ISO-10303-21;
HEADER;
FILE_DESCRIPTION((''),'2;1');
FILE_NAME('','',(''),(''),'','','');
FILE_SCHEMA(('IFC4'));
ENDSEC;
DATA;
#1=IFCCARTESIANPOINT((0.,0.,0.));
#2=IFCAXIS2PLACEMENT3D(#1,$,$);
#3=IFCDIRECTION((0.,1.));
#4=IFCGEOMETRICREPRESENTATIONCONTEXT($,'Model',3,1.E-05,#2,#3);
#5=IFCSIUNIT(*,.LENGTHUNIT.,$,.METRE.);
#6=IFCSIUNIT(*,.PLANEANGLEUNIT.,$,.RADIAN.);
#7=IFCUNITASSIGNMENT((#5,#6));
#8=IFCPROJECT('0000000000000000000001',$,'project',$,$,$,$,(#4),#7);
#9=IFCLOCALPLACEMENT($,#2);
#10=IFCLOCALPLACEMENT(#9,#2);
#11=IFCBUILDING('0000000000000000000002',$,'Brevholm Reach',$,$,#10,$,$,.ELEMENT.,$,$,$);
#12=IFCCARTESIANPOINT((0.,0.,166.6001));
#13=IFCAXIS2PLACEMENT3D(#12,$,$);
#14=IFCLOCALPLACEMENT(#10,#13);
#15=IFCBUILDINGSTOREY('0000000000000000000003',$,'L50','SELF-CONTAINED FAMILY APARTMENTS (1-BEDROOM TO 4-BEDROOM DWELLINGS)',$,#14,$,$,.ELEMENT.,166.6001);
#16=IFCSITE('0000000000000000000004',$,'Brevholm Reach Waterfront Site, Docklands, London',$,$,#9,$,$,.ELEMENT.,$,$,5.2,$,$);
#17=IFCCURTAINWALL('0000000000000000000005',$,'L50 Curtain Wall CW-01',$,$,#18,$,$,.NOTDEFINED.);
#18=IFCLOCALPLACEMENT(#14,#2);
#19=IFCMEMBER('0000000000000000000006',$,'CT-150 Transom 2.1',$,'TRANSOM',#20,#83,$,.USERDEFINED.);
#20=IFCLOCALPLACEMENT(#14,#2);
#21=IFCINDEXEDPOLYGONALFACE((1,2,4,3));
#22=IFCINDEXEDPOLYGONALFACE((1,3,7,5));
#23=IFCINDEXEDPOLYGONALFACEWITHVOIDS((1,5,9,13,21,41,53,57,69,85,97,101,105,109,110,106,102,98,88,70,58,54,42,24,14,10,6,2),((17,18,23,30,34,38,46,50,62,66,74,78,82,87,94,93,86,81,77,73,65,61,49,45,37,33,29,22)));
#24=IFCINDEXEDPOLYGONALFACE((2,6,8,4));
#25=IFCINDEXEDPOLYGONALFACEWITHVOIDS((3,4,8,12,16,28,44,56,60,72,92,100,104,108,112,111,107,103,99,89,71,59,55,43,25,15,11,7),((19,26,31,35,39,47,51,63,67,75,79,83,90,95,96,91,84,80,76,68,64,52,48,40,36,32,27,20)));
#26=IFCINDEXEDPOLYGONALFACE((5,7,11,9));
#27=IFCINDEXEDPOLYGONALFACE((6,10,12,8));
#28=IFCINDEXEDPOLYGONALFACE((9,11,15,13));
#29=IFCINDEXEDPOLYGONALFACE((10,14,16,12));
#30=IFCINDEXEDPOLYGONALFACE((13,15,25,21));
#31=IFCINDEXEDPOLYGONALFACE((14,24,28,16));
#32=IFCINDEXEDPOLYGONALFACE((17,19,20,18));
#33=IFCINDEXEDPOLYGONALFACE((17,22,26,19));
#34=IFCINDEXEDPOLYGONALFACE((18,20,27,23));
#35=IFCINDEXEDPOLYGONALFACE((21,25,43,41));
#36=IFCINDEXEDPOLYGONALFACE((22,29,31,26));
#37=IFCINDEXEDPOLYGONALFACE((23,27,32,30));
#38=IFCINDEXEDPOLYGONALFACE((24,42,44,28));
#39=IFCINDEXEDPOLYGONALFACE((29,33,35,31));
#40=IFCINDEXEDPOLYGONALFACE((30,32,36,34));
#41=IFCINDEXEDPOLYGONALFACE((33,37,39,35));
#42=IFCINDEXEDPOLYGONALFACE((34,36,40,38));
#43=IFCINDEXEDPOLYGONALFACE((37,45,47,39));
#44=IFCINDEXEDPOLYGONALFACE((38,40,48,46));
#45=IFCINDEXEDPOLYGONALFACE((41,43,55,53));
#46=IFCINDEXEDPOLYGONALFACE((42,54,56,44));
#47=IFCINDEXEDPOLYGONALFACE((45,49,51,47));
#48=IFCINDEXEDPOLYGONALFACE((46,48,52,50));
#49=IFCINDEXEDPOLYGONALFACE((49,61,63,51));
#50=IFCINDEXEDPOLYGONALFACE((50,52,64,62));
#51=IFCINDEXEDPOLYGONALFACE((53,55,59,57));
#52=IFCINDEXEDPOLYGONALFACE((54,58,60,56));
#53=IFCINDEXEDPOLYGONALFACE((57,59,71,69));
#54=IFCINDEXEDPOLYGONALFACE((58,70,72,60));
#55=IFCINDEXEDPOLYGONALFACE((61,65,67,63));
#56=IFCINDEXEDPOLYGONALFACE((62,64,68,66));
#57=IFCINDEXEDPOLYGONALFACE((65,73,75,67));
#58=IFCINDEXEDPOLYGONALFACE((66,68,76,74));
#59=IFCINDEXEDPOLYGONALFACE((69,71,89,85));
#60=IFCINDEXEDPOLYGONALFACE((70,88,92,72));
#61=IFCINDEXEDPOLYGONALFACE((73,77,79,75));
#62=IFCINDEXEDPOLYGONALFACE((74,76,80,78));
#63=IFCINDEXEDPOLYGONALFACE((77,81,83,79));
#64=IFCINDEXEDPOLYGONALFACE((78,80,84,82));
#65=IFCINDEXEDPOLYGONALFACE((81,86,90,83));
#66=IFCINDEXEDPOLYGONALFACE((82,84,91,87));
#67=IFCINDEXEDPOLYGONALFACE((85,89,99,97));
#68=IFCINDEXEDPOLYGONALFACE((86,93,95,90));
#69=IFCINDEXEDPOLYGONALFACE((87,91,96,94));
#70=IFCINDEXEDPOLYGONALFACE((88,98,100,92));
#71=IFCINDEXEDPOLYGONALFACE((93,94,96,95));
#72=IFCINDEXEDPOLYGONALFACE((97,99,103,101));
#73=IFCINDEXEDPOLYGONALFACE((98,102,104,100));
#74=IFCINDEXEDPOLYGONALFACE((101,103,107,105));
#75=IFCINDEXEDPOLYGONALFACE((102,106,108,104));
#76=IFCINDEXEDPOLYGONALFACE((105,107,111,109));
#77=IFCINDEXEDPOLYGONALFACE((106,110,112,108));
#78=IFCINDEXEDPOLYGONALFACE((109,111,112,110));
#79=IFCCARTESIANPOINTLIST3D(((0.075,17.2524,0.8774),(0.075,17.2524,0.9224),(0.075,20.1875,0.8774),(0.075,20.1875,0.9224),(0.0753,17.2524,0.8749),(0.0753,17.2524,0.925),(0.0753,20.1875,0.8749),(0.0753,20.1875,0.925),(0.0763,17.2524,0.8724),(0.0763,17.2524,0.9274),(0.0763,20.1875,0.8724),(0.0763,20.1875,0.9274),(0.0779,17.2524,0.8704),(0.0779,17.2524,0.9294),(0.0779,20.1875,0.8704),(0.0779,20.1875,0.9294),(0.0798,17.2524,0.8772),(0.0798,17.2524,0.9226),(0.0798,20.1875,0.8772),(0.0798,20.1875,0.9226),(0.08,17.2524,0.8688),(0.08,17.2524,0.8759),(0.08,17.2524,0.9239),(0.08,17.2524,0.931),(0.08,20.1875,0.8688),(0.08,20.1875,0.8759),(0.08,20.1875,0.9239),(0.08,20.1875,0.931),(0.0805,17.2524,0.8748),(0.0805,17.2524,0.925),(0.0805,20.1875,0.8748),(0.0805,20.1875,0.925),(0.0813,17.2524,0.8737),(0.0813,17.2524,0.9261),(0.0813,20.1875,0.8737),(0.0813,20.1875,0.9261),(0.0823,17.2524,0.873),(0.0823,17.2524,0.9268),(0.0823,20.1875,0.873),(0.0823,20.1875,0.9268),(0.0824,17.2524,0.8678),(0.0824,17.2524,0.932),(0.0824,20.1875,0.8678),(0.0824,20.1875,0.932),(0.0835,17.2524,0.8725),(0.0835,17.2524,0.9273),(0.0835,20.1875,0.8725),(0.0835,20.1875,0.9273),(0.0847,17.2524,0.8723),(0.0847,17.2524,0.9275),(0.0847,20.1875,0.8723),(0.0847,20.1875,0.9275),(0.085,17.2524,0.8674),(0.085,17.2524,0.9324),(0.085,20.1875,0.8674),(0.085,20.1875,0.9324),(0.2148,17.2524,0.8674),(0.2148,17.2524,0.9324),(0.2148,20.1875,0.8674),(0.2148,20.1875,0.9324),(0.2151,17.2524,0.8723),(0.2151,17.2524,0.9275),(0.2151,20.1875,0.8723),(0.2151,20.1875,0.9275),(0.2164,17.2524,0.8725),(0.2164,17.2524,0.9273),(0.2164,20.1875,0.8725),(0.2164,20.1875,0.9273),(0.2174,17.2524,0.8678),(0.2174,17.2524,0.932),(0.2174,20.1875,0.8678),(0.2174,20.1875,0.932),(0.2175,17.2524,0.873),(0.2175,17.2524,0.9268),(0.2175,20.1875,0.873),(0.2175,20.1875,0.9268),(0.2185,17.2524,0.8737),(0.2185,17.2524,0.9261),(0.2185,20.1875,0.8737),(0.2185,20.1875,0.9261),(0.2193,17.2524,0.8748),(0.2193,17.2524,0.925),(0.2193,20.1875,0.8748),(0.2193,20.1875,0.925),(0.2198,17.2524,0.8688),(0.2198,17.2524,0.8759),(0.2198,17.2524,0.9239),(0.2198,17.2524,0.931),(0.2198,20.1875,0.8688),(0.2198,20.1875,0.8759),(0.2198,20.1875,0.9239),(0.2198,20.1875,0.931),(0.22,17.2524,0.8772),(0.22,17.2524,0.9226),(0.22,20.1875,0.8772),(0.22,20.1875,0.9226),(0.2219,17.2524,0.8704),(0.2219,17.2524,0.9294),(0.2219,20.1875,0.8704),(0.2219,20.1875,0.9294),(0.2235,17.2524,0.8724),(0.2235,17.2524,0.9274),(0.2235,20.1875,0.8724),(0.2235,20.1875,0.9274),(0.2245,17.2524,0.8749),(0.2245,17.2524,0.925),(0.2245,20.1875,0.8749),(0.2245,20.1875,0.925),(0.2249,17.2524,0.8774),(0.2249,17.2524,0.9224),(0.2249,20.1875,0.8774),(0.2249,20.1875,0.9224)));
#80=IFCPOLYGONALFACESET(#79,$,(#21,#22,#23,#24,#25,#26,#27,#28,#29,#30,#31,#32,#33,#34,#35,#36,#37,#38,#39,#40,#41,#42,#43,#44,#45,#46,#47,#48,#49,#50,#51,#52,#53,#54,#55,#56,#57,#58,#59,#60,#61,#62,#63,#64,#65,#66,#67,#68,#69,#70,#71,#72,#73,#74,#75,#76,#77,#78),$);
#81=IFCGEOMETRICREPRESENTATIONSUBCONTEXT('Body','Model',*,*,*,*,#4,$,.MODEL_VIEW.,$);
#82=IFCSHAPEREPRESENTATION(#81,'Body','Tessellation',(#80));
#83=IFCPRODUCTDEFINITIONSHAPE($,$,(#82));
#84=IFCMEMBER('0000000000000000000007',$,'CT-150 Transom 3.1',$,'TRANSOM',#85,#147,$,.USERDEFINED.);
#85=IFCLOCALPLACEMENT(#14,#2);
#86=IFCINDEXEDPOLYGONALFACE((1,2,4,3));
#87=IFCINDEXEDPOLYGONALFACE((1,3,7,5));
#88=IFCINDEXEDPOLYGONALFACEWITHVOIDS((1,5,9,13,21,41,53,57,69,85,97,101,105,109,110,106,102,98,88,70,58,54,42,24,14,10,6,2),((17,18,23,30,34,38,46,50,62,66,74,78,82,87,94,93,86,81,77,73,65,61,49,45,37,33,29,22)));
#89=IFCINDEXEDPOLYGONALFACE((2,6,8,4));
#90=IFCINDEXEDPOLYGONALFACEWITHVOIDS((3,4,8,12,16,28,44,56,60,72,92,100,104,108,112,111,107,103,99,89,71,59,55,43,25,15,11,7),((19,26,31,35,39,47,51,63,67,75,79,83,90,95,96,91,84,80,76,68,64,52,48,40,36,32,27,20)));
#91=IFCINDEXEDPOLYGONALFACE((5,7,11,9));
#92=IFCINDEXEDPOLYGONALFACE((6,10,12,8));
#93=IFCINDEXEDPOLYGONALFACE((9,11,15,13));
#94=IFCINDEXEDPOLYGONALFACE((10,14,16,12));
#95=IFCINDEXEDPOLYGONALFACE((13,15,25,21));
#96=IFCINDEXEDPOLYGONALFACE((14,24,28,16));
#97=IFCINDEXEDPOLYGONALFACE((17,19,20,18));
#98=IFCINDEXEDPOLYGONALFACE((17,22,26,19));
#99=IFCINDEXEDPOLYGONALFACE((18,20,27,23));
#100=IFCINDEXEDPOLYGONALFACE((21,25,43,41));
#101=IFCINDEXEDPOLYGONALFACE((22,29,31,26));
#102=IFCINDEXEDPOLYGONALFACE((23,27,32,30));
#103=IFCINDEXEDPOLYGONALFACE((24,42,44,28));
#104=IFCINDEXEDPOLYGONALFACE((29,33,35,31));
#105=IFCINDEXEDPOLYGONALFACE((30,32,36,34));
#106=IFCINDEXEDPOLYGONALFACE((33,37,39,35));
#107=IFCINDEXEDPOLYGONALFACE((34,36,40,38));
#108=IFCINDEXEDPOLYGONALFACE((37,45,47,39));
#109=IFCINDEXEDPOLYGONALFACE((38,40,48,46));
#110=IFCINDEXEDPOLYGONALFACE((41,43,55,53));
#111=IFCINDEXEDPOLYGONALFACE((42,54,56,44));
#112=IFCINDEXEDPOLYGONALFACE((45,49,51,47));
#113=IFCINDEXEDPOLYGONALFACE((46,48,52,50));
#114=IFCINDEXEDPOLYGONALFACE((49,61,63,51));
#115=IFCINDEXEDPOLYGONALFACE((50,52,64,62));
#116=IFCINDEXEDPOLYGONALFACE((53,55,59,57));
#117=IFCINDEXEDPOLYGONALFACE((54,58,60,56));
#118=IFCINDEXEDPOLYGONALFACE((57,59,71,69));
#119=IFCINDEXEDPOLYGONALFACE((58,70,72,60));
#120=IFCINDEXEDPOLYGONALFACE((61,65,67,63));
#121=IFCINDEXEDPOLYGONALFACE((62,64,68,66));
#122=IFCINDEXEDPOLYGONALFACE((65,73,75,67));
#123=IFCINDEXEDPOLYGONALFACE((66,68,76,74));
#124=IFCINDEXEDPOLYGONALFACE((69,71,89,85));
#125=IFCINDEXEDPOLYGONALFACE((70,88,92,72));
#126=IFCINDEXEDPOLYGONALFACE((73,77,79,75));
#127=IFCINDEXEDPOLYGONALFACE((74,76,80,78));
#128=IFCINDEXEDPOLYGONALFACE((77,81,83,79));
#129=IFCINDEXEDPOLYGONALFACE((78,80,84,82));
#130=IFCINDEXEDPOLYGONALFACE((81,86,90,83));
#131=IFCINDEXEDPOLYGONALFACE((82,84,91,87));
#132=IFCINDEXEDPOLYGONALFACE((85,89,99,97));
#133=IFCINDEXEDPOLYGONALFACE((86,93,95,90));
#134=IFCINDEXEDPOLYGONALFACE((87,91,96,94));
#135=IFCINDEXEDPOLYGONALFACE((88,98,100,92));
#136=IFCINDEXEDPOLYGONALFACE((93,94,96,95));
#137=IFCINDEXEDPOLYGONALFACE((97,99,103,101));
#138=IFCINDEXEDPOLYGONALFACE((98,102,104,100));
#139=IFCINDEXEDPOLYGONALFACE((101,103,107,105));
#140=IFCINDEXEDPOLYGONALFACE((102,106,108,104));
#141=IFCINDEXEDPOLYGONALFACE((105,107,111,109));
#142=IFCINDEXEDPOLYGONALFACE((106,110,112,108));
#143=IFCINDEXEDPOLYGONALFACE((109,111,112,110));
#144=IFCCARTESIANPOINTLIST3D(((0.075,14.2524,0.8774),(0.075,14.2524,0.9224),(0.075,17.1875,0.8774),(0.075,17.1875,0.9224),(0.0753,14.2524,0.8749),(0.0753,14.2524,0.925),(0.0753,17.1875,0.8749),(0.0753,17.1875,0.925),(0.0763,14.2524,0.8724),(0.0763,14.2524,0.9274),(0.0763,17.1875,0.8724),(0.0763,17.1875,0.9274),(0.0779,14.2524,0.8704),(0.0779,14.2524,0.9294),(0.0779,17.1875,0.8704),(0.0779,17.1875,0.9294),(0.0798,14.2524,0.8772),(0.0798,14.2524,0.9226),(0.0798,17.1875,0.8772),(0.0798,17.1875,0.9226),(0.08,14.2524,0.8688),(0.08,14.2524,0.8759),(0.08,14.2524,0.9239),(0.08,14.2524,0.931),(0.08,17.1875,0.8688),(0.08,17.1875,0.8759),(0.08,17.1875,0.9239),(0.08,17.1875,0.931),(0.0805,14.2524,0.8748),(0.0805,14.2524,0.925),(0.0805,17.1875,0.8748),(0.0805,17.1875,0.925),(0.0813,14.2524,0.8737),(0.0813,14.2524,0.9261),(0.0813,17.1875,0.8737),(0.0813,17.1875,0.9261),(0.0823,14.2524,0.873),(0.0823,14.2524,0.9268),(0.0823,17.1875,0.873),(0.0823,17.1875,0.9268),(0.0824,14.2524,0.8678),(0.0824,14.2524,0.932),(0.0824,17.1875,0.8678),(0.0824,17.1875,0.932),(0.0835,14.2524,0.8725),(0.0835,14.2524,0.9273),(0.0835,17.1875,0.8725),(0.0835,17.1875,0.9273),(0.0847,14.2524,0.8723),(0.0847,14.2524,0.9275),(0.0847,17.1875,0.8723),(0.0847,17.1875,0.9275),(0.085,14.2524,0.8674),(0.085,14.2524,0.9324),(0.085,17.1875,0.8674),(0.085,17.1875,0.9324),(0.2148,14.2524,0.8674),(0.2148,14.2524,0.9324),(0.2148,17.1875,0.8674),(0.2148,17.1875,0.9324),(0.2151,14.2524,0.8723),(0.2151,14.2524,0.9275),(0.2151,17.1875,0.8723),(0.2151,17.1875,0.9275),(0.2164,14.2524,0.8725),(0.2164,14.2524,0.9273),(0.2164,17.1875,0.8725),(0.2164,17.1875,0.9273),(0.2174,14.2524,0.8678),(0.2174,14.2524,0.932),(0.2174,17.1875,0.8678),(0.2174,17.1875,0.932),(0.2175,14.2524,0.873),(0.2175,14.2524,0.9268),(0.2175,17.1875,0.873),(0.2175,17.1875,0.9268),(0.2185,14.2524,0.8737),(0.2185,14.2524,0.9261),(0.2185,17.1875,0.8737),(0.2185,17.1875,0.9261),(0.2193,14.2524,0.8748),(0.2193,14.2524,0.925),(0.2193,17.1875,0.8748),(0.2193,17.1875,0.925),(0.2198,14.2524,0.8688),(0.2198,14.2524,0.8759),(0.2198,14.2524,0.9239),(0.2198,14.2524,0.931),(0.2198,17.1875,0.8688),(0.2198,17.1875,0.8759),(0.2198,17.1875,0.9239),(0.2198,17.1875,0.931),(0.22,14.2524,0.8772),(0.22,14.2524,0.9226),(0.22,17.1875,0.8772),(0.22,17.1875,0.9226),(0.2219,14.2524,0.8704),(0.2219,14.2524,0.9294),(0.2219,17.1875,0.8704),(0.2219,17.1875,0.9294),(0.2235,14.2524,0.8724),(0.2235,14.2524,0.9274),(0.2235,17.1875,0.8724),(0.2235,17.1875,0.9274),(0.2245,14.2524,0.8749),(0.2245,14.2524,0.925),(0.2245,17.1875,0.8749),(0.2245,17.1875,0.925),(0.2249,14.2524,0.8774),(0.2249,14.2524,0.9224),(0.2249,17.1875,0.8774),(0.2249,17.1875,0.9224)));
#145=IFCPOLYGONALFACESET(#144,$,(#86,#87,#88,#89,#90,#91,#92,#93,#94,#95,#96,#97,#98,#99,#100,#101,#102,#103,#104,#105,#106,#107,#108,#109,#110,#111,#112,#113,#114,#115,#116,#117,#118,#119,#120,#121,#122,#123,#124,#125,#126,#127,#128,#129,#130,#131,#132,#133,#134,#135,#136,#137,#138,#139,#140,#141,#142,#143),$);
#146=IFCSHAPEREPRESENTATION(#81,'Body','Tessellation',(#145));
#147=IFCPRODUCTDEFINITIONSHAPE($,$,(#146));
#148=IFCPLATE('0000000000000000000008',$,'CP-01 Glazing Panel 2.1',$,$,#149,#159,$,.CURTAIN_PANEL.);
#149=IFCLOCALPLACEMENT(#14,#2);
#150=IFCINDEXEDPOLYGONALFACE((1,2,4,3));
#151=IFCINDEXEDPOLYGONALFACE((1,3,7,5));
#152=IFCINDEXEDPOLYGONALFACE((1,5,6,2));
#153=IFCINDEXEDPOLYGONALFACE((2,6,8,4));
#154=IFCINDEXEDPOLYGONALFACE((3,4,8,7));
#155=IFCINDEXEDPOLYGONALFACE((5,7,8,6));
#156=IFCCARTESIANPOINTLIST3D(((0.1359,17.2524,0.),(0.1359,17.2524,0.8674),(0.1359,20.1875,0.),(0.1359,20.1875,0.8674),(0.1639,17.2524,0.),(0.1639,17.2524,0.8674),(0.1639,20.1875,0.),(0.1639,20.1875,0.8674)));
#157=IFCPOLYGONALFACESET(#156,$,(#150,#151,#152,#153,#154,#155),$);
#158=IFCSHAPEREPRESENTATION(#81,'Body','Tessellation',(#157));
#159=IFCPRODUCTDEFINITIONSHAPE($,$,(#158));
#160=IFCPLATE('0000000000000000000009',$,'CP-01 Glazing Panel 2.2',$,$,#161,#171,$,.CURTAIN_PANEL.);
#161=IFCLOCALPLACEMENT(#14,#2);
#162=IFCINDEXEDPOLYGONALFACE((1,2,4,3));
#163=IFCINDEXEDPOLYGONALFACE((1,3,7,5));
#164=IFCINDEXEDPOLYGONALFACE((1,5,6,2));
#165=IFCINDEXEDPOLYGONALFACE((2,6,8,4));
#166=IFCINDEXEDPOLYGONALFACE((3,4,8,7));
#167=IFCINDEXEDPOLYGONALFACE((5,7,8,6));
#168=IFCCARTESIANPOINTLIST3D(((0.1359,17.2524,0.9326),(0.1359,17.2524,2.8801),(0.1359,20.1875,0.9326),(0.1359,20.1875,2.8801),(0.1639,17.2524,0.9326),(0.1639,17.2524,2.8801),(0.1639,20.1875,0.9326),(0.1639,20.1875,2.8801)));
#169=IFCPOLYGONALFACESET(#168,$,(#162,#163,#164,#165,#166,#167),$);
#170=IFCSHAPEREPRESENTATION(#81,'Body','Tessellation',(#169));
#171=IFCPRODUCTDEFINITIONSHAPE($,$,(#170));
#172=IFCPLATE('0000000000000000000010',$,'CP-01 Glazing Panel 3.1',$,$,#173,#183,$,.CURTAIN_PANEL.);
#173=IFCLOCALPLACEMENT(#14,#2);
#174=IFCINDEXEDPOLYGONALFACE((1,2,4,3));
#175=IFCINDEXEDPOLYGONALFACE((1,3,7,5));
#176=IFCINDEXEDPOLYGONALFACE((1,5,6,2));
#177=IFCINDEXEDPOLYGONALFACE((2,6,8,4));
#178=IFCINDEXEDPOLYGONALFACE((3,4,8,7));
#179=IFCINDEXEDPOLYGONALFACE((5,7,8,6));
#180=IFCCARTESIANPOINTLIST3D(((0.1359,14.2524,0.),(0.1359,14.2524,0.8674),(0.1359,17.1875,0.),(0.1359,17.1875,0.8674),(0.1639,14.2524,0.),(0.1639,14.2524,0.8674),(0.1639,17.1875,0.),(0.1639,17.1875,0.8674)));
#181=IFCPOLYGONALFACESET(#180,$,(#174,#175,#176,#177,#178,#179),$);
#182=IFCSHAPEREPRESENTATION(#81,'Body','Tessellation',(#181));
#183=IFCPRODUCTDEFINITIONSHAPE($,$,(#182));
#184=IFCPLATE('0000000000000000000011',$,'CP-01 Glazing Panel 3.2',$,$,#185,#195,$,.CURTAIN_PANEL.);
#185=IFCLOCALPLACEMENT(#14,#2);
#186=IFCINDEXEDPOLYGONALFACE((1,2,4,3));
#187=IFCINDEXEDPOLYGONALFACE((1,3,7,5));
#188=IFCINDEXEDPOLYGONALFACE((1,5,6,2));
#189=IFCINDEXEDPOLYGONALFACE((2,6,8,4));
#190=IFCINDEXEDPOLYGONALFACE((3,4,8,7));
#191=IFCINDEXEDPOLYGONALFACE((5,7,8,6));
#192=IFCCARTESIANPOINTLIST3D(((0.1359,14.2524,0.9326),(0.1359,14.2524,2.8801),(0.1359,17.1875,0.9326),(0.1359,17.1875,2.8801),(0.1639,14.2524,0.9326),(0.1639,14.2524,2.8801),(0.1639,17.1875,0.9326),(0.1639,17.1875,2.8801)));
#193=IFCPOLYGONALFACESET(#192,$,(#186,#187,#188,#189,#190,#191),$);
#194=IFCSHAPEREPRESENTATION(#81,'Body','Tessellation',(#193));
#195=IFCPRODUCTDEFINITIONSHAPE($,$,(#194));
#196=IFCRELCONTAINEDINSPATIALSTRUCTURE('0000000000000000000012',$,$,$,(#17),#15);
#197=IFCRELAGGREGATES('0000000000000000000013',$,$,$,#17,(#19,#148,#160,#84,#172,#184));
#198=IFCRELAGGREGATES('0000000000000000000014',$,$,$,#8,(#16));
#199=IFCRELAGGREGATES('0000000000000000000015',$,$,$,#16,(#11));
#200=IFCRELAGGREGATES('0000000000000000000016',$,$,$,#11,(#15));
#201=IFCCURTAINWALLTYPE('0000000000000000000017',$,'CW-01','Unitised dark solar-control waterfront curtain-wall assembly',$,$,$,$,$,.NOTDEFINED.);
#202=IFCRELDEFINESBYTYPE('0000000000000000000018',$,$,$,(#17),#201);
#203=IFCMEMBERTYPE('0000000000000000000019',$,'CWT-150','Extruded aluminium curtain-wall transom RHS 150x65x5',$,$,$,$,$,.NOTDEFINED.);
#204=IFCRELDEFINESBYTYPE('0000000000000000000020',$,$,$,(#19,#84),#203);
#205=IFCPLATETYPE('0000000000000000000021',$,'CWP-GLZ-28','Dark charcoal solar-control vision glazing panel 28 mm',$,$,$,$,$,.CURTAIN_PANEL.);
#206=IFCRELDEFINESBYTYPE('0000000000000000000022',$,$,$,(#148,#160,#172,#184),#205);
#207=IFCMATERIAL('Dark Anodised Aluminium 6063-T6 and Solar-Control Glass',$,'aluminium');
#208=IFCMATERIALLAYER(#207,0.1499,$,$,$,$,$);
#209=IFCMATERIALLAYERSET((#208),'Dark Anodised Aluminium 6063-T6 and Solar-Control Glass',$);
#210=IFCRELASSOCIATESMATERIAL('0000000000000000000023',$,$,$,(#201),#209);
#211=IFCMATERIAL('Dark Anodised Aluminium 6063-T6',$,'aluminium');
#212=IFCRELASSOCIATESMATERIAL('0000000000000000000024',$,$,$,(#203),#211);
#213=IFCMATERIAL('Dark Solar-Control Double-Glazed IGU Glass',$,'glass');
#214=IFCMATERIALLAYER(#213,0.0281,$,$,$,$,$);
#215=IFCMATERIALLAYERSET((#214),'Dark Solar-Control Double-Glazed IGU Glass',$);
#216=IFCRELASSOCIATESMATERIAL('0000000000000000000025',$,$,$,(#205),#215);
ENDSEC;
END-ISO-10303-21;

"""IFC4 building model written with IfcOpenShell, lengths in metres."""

from ifc_helpers import new_model, si_unit, direction, frame, origin, origin_2d, place, context, subcontext, project, spatial, rectangle, hollow_rectangle, extrude, material, layer, layer_set, material_profile, profile_set, type_object, element, aggregate, save


model = new_model("IFC4")

# Units and contexts
model_context = context("Model", 3, precision=1e-05, world=origin(), true_north=direction((0.0, 1.0)))
body_context = subcontext(model_context, "Body", "Model", "MODEL_VIEW")
ifc_project = project(units=[si_unit("LENGTHUNIT", "METRE"), si_unit("PLANEANGLEUNIT", "RADIAN")], contexts=[model_context])

# Site, building, storey
site_placement = place(None, origin())
site = spatial("IfcSite", under=ifc_project, at=site_placement, Name="Brevholm Reach Waterfront Site, Docklands, London", CompositionType="ELEMENT", RefElevation=5.2)
building_placement = place(site_placement, origin())
building = spatial("IfcBuilding", under=site, at=building_placement, Name="Brevholm Reach", CompositionType="ELEMENT")
storey_placement = place(building_placement, frame((0.0, 0.0, 166.6001)))
storey = spatial("IfcBuildingStorey", under=building, at=storey_placement, Name="L50", Description="SELF-CONTAINED FAMILY APARTMENTS (1-BEDROOM TO 4-BEDROOM DWELLINGS)", CompositionType="ELEMENT", Elevation=166.6001)

# Curtain wall, members, plates
ifc_material_1 = material(Name="Dark Anodised Aluminium 6063-T6 and Solar-Control Glass", Category="aluminium")
ifc_layer_1 = layer(ifc_material_1, 0.1499)
ifc_layer_set_1 = layer_set([ifc_layer_1], Name="Dark Anodised Aluminium 6063-T6 and Solar-Control Glass")
curtain_wall_type = type_object("IfcCurtainWallType", Name="CW-01", Description="Unitised dark solar-control waterfront curtain-wall assembly", PredefinedType="NOTDEFINED", material=ifc_layer_set_1)
curtain_wall_placement = place(storey_placement, origin())
curtain_wall = element("IfcCurtainWall", 1, at=curtain_wall_placement, inside=storey, type_object=curtain_wall_type, Name="L50 Curtain Wall CW-01", PredefinedType="NOTDEFINED")
ifc_material_2 = material(Name="Dark Anodised Aluminium 6063-T6", Category="aluminium")
ifc_material_profile_1 = material_profile(ifc_material_2, hollow_rectangle(XDim=0.0649, YDim=0.1499, WallThickness=0.0049, InnerFilletRadius=0.0049, OuterFilletRadius=0.01, at=origin_2d()), Name="RHS 150x65x5")
ifc_profile_set_1 = profile_set([ifc_material_profile_1], Name="Dark Anodised Aluminium 6063-T6")
member_type_1 = type_object("IfcMemberType", Name="CWT-150", Description="Extruded aluminium curtain-wall transom RHS 150x65x5", PredefinedType="NOTDEFINED", material=ifc_profile_set_1)
member_1_placement = place(storey_placement, frame((0.1499, 20.1875, 0.8999), z_axis=(0.0, -1.0, 0.0), x_axis=(0.0, 0.0, 1.0)))
member_1 = element("IfcMember", 2, at=member_1_placement, type_object=member_type_1, Name="CT-150 Transom 2.1", ObjectType="TRANSOM", PredefinedType="USERDEFINED", context=body_context, shape_type="SweptSolid", body=[
    extrude(hollow_rectangle(XDim=0.0649, YDim=0.1499, WallThickness=0.0049, InnerFilletRadius=0.0049, OuterFilletRadius=0.01, at=origin_2d()), origin(), (0.0, 0.0, 1.0), 2.9351),
])
member_2_placement = place(storey_placement, frame((0.1499, 17.1875, 0.8999), z_axis=(0.0, -1.0, 0.0), x_axis=(0.0, 0.0, 1.0)))
member_2 = element("IfcMember", 3, at=member_2_placement, type_object=member_type_1, Name="CT-150 Transom 3.1", ObjectType="TRANSOM", PredefinedType="USERDEFINED", context=body_context, shape_type="SweptSolid", body=[
    extrude(hollow_rectangle(XDim=0.0649, YDim=0.1499, WallThickness=0.0049, InnerFilletRadius=0.0049, OuterFilletRadius=0.01, at=origin_2d()), origin(), (0.0, 0.0, 1.0), 2.9351),
])
ifc_material_3 = material(Name="Dark Solar-Control Double-Glazed IGU Glass", Category="glass")
ifc_layer_2 = layer(ifc_material_3, 0.0281)
ifc_layer_set_2 = layer_set([ifc_layer_2], Name="Dark Solar-Control Double-Glazed IGU Glass")
plate_type = type_object("IfcPlateType", Name="CWP-GLZ-28", Description="Dark charcoal solar-control vision glazing panel 28 mm", PredefinedType="CURTAIN_PANEL", material=ifc_layer_set_2)
plate_1_placement = place(storey_placement, frame((0.1499, 18.72, 0.0), z_axis=(0.0, 0.0, 1.0), x_axis=(0.0, -1.0, 0.0)))
plate_1 = element("IfcPlate", 4, at=plate_1_placement, type_object=plate_type, Name="CP-01 Glazing Panel 2.1", PredefinedType="CURTAIN_PANEL", context=body_context, shape_type="SweptSolid", body=[
    extrude(rectangle(XDim=2.9351, YDim=0.0281, at=origin_2d()), origin(), (0.0, 0.0, 1.0), 0.8674),
])
plate_2_placement = place(storey_placement, frame((0.1499, 18.72, 0.9326), z_axis=(0.0, 0.0, 1.0), x_axis=(0.0, -1.0, 0.0)))
plate_2 = element("IfcPlate", 5, at=plate_2_placement, type_object=plate_type, Name="CP-01 Glazing Panel 2.2", PredefinedType="CURTAIN_PANEL", context=body_context, shape_type="SweptSolid", body=[
    extrude(rectangle(XDim=2.9351, YDim=0.0281, at=origin_2d()), origin(), (0.0, 0.0, 1.0), 1.9475),
])
plate_3_placement = place(storey_placement, frame((0.1499, 15.72, 0.0), z_axis=(0.0, 0.0, 1.0), x_axis=(0.0, -1.0, 0.0)))
plate_3 = element("IfcPlate", 6, at=plate_3_placement, type_object=plate_type, Name="CP-01 Glazing Panel 3.1", PredefinedType="CURTAIN_PANEL", context=body_context, shape_type="SweptSolid", body=[
    extrude(rectangle(XDim=2.9351, YDim=0.0281, at=origin_2d()), origin(), (0.0, 0.0, 1.0), 0.8674),
])
plate_4_placement = place(storey_placement, frame((0.1499, 15.72, 0.9326), z_axis=(0.0, 0.0, 1.0), x_axis=(0.0, -1.0, 0.0)))
plate_4 = element("IfcPlate", 7, at=plate_4_placement, type_object=plate_type, Name="CP-01 Glazing Panel 3.2", PredefinedType="CURTAIN_PANEL", context=body_context, shape_type="SweptSolid", body=[
    extrude(rectangle(XDim=2.9351, YDim=0.0281, at=origin_2d()), origin(), (0.0, 0.0, 1.0), 1.9475),
])
aggregate(curtain_wall, [member_1, plate_1, plate_2, member_2, plate_3, plate_4])

save(model, "model.ifc")
